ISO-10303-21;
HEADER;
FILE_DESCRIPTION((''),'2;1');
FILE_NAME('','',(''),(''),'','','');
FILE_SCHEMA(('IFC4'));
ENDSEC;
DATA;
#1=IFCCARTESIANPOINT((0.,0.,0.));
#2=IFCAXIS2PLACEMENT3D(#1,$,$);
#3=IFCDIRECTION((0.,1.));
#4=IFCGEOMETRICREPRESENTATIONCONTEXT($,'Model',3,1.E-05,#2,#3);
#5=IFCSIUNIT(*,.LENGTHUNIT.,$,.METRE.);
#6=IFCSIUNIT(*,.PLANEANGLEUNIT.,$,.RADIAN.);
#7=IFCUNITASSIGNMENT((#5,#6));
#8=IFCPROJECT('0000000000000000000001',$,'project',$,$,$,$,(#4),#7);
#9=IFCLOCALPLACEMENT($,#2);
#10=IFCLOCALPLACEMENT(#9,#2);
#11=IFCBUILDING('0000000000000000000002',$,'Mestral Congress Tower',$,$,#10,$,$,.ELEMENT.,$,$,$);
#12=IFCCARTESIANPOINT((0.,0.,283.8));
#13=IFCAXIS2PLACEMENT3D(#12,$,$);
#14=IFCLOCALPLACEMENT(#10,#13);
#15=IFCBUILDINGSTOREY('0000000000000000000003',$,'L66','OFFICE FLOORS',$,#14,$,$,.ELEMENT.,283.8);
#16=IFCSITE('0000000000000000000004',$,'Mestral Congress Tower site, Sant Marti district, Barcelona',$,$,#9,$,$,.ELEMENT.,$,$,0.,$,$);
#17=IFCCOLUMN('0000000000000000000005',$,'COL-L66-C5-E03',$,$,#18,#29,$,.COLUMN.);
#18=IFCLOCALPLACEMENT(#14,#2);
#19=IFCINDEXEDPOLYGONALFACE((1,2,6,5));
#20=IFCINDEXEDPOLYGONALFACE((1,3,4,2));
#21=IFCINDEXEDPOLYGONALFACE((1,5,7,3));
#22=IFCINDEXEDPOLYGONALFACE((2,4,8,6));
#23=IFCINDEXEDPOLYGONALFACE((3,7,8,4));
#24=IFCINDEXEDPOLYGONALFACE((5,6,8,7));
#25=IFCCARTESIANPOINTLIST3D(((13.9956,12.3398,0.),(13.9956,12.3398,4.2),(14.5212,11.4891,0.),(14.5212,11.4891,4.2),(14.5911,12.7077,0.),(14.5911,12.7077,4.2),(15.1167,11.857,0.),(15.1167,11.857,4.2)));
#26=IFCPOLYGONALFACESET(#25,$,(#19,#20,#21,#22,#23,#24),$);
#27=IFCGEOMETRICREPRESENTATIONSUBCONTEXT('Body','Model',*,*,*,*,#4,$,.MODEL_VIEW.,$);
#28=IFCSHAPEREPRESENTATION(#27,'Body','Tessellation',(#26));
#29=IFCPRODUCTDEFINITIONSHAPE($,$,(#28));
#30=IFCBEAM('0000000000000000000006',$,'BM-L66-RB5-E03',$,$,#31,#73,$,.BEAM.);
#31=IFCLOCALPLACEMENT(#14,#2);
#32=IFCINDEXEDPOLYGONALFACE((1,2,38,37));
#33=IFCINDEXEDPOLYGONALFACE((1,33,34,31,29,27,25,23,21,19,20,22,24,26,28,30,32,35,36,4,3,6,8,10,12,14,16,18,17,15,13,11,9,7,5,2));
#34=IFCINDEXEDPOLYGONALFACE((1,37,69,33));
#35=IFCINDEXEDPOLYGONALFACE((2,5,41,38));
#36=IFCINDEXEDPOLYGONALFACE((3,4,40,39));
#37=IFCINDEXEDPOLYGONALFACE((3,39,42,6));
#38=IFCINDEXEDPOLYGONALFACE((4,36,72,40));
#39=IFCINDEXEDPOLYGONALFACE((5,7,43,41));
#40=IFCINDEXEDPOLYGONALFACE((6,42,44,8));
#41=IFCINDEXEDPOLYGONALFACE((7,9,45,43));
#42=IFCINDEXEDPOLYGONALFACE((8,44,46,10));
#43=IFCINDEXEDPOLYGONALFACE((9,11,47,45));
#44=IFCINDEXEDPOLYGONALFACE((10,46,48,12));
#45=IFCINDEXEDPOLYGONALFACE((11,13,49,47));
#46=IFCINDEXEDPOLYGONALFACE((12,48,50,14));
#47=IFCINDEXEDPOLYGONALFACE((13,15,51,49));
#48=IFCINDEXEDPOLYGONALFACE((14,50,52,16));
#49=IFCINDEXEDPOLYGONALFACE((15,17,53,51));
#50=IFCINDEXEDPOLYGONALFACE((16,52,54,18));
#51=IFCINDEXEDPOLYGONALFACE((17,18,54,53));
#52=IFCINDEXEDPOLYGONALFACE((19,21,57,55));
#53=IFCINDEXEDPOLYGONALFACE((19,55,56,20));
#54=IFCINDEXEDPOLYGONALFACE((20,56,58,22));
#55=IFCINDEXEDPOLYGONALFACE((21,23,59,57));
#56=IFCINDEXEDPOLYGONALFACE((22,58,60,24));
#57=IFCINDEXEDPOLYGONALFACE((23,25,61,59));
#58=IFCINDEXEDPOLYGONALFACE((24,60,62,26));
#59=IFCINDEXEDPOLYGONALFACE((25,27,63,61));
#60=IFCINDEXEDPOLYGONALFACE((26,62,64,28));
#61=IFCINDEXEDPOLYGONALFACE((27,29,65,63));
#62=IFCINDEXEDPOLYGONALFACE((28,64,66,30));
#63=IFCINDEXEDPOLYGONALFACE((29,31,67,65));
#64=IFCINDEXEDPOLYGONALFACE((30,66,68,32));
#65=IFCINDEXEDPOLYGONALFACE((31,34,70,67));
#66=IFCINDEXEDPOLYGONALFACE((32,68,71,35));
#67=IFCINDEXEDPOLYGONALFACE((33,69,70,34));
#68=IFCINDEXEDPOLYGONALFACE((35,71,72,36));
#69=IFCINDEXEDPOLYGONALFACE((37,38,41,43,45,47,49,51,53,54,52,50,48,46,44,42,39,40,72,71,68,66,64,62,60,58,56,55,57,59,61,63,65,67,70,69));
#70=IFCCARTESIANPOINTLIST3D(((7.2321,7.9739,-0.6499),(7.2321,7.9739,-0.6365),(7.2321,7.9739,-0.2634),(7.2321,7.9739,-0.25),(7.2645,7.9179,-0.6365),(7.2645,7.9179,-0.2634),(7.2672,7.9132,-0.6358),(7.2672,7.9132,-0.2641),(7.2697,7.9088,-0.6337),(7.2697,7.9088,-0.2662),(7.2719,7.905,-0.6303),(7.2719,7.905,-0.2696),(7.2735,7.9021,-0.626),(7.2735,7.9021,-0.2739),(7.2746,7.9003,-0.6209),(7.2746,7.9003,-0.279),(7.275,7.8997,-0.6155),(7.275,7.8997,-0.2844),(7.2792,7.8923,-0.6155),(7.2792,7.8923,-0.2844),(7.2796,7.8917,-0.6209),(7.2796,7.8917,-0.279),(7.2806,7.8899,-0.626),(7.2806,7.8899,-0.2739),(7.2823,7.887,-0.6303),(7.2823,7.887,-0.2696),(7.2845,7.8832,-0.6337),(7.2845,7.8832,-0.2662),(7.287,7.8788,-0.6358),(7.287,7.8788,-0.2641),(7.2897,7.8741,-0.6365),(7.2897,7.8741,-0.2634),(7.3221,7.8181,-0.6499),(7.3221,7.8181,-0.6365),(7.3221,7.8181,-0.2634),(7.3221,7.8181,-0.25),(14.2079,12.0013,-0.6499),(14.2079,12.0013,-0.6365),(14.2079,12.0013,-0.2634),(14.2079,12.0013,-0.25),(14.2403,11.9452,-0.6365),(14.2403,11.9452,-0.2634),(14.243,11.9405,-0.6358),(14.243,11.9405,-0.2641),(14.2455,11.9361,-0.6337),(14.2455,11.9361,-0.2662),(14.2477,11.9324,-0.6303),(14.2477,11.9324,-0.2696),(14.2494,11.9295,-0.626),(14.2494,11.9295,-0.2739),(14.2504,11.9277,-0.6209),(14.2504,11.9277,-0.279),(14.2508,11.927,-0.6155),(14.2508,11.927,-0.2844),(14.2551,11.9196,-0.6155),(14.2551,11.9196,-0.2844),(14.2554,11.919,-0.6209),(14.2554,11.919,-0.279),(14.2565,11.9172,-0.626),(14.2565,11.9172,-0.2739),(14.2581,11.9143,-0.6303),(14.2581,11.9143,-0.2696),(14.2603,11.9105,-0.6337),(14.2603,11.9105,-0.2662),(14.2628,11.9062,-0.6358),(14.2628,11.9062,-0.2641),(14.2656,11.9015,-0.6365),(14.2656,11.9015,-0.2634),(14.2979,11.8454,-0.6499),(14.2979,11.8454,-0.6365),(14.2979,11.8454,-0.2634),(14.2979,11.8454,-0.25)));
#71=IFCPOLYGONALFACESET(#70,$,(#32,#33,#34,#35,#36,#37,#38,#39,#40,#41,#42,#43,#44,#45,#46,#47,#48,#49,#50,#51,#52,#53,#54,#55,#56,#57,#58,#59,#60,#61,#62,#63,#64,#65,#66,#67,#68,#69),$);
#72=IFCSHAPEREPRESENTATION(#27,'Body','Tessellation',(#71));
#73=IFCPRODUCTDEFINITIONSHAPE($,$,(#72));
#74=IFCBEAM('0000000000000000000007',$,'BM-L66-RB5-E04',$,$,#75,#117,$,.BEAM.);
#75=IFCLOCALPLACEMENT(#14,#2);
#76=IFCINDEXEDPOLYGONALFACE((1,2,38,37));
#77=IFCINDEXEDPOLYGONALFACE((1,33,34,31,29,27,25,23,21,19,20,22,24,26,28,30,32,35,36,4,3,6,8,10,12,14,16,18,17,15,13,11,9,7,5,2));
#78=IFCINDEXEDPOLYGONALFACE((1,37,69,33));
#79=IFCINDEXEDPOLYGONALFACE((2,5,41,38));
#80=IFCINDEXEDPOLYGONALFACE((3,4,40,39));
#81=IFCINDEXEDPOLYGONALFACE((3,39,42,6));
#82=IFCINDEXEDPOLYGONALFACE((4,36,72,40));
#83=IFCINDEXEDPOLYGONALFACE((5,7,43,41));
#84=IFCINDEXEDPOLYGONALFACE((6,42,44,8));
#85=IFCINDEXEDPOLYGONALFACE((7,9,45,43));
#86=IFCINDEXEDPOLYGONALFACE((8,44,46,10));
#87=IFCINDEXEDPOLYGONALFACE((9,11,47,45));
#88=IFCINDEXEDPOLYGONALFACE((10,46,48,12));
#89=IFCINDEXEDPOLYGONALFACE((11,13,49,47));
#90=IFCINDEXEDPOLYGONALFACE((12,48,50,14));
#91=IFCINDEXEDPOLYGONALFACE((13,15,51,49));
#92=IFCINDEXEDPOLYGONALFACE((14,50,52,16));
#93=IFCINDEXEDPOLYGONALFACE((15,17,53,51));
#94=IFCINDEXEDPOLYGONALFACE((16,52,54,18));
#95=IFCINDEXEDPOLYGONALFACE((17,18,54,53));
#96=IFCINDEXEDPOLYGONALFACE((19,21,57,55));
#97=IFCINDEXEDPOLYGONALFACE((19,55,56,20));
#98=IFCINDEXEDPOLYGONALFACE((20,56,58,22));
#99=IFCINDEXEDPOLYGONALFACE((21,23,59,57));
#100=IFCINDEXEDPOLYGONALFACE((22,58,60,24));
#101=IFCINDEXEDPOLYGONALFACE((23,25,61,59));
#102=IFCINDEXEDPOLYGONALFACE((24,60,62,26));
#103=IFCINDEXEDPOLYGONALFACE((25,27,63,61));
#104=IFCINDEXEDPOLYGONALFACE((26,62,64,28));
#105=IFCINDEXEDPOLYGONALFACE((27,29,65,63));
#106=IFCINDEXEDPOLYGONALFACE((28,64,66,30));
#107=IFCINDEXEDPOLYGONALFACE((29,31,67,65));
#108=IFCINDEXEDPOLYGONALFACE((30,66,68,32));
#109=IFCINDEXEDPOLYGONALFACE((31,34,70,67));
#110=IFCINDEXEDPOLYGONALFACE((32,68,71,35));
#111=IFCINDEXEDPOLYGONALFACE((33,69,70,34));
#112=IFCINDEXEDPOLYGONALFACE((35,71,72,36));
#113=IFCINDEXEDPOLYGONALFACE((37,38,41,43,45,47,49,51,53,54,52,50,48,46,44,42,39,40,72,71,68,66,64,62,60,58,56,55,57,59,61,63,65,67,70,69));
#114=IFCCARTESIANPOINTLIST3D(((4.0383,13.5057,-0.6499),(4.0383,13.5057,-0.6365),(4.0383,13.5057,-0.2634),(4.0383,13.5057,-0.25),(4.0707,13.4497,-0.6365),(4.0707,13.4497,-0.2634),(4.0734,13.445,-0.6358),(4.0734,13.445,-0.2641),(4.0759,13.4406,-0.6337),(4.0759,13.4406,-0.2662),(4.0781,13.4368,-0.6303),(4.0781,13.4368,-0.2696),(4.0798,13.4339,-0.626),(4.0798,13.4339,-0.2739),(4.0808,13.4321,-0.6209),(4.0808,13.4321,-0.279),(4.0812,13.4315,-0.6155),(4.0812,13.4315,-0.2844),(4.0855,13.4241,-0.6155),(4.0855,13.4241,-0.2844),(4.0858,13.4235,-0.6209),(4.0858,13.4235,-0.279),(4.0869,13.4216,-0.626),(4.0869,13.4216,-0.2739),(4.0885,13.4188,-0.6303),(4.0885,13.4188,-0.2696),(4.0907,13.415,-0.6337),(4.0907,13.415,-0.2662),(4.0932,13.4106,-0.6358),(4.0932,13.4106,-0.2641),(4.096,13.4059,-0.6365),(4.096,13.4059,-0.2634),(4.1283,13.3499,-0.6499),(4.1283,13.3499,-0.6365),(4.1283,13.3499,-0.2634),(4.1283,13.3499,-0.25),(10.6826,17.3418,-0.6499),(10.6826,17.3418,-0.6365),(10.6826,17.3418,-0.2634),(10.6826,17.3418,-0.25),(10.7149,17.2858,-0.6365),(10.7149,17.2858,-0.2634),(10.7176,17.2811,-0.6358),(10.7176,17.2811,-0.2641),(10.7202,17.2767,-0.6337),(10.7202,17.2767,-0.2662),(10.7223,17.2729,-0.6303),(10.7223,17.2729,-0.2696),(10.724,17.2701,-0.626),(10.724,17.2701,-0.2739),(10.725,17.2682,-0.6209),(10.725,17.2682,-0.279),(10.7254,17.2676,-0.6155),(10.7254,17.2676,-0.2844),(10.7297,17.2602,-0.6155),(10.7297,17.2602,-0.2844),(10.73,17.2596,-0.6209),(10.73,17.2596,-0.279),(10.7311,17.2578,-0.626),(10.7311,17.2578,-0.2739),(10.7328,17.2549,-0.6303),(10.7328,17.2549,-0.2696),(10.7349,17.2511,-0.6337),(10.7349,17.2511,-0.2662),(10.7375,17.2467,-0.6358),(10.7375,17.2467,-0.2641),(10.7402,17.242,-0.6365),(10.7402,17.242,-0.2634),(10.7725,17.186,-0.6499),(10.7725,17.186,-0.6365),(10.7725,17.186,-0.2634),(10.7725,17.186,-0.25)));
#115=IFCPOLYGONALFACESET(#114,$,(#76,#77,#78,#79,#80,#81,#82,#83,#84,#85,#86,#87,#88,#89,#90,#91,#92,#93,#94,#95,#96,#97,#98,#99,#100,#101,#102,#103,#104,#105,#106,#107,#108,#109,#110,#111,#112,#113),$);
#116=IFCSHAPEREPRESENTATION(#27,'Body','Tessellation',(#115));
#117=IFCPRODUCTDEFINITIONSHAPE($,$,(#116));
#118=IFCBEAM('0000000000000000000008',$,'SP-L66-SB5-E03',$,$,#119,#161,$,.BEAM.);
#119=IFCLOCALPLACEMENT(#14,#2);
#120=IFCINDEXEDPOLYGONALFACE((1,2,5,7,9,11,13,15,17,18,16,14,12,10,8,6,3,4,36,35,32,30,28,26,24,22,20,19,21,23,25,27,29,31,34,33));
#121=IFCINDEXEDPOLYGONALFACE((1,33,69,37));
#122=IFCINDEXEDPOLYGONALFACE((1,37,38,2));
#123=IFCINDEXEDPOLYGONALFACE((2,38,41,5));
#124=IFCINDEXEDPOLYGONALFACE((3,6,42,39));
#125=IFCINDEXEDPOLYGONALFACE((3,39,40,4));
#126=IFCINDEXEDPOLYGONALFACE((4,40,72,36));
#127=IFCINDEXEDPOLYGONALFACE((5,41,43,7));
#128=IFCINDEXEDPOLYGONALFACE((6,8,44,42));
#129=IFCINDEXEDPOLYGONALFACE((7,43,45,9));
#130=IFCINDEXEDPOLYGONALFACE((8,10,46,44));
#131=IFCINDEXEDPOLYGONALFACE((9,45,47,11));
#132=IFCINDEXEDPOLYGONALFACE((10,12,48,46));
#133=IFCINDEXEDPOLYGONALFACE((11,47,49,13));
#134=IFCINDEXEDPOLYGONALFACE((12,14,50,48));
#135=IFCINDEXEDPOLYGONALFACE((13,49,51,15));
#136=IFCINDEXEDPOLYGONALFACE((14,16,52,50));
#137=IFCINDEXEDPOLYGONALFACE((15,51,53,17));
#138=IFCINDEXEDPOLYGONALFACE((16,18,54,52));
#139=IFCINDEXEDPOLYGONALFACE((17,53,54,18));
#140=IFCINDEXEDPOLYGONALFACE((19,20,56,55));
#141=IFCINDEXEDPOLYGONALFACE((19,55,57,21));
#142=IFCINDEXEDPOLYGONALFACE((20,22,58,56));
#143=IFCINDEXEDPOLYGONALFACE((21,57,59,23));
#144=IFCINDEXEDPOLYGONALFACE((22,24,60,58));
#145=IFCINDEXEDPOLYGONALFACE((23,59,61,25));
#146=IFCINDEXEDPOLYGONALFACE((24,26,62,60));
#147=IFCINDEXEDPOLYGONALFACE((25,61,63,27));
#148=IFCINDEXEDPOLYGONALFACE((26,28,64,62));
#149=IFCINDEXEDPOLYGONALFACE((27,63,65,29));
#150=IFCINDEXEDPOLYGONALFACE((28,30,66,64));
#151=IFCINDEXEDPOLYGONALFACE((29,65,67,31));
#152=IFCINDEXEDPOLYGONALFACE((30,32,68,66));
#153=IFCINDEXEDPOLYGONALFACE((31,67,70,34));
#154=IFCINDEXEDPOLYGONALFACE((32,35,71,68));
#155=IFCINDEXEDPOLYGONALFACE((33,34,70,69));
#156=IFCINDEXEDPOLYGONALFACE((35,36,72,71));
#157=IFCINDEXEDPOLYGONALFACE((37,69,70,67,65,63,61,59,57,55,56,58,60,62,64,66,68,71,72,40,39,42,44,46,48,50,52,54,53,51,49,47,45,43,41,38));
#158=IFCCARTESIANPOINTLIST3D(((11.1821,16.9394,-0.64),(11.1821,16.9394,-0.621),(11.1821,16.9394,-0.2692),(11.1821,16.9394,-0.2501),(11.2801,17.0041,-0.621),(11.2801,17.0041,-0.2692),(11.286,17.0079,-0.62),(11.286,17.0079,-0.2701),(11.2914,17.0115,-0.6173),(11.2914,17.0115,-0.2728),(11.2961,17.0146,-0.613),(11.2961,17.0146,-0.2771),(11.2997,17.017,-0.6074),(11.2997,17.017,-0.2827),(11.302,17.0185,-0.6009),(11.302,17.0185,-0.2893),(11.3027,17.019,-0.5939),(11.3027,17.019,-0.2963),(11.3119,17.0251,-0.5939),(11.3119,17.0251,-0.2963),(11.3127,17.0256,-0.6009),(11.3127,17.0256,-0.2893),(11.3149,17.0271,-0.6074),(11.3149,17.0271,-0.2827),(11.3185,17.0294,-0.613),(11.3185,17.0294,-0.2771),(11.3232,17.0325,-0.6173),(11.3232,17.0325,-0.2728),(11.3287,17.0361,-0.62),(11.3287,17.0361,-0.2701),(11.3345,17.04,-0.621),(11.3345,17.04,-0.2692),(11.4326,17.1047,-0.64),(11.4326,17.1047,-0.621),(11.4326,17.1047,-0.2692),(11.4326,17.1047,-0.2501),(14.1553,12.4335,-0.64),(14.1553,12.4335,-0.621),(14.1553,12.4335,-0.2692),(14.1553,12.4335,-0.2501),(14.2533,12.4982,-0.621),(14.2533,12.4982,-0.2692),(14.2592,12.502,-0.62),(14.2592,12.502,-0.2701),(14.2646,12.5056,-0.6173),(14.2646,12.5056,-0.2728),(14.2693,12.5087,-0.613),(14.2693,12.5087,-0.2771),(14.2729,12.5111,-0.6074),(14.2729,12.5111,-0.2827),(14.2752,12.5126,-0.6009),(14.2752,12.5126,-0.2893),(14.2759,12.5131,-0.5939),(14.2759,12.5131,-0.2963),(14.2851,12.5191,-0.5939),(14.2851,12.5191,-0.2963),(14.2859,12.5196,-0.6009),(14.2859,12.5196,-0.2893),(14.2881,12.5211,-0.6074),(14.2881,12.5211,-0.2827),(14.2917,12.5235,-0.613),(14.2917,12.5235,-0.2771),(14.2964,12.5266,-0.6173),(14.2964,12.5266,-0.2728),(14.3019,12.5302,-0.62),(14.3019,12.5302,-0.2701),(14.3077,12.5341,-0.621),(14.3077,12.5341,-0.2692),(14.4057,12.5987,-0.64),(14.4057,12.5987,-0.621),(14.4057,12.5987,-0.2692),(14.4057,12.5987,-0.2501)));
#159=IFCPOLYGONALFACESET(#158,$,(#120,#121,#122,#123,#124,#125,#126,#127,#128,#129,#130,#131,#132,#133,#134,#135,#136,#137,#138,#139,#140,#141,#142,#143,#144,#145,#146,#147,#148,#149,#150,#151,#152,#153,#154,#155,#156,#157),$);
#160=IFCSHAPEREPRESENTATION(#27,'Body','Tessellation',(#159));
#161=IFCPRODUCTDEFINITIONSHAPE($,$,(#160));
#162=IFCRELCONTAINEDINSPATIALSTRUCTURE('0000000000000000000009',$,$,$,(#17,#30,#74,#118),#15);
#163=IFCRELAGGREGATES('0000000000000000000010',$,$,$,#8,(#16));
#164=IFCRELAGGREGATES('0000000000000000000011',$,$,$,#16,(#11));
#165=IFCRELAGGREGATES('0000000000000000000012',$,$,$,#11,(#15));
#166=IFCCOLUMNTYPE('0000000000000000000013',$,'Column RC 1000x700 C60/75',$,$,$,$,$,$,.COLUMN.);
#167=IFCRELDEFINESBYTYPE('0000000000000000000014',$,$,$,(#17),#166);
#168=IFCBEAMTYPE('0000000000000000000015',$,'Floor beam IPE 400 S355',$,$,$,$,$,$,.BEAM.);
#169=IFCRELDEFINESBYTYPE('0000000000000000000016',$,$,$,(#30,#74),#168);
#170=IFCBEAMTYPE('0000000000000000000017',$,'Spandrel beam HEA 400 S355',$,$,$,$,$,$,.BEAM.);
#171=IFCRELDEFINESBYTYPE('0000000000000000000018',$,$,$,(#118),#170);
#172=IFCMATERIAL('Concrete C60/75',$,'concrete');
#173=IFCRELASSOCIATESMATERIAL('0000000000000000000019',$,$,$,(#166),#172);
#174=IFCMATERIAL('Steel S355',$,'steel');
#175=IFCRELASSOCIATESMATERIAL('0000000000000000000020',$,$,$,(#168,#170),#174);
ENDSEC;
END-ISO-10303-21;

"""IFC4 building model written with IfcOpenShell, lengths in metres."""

from ifc_helpers import new_model, si_unit, direction, frame, origin, origin_2d, place, context, subcontext, project, spatial, rectangle, i_section, extrude, material, material_profile, profile_set, type_object, element, save


model = new_model("IFC4")

# Units and contexts
model_context = context("Model", 3, precision=1e-05, world=origin(), true_north=direction((0.0, 1.0)))
body_context = subcontext(model_context, "Body", "Model", "MODEL_VIEW")
ifc_project = project(units=[si_unit("LENGTHUNIT", "METRE"), si_unit("PLANEANGLEUNIT", "RADIAN")], contexts=[model_context])

# Site, building, storey
site_placement = place(None, origin())
site = spatial("IfcSite", under=ifc_project, at=site_placement, Name="Mestral Congress Tower site, Sant Marti district, Barcelona", CompositionType="ELEMENT", RefElevation=0.0)
building_placement = place(site_placement, origin())
building = spatial("IfcBuilding", under=site, at=building_placement, Name="Mestral Congress Tower", CompositionType="ELEMENT")
storey_placement = place(building_placement, frame((0.0, 0.0, 283.8)))
storey = spatial("IfcBuildingStorey", under=building, at=storey_placement, Name="L66", Description="OFFICE FLOORS", CompositionType="ELEMENT", Elevation=283.8)

# Column
ifc_material_1 = material(Name="Concrete C60/75", Category="concrete")
ifc_material_profile_1 = material_profile(ifc_material_1, rectangle(XDim=1.0, YDim=0.7, at=origin_2d()), Name="RC 1000x700")
ifc_profile_set_1 = profile_set([ifc_material_profile_1], Name="Concrete C60/75")
column_type = type_object("IfcColumnType", Name="Column RC 1000x700 C60/75", PredefinedType="COLUMN", material=ifc_profile_set_1)
column_placement = place(storey_placement, frame((14.5562, 12.0984, 0.0), z_axis=(0.0, 0.0, 1.0), x_axis=(-0.52561, 0.850726, 0.0)))
element("IfcColumn", 1, at=column_placement, inside=storey, type_object=column_type, Name="COL-L66-C5-E03", PredefinedType="COLUMN", context=body_context, shape_type="SweptSolid", body=[
    extrude(rectangle(XDim=1.0, YDim=0.7, at=origin_2d()), origin(), (0.0, 0.0, 1.0), 4.2),
])

# Beams
ifc_material_2 = material(Name="Steel S355", Category="steel")
ifc_material_profile_2 = material_profile(ifc_material_2, i_section(OverallWidth=0.1799, OverallDepth=0.3999, WebThickness=0.0085, FlangeThickness=0.0134, FilletRadius=0.021, at=origin_2d()), Name="IPE 400")
ifc_profile_set_2 = profile_set([ifc_material_profile_2], Name="Steel S355")
beam_type_1 = type_object("IfcBeamType", Name="Floor beam IPE 400 S355", PredefinedType="BEAM", material=ifc_profile_set_2)
beam_1_placement = place(storey_placement, frame((14.2529, 11.9233, -0.45), z_axis=(-0.866034, -0.499986, 0.0), x_axis=(0.499986, -0.866034, 0.0)))
element("IfcBeam", 2, at=beam_1_placement, inside=storey, type_object=beam_type_1, Name="BM-L66-RB5-E03", PredefinedType="BEAM", context=body_context, shape_type="SweptSolid", body=[
    extrude(i_section(OverallWidth=0.1799, OverallDepth=0.3999, WebThickness=0.0085, FlangeThickness=0.0134, FilletRadius=0.021, at=origin_2d()), origin(), (0.0, 0.0, 1.0), 8.0549),
])
beam_2_placement = place(storey_placement, frame((10.7275, 17.2639, -0.45), z_axis=(-0.86602, -0.50001, 0.0), x_axis=(0.50001, -0.86602, 0.0)))
element("IfcBeam", 3, at=beam_2_placement, inside=storey, type_object=beam_type_1, Name="BM-L66-RB5-E04", PredefinedType="BEAM", context=body_context, shape_type="SweptSolid", body=[
    extrude(i_section(OverallWidth=0.1799, OverallDepth=0.3999, WebThickness=0.0085, FlangeThickness=0.0134, FilletRadius=0.021, at=origin_2d()), origin(), (0.0, 0.0, 1.0), 7.6721),
])
ifc_material_profile_3 = material_profile(ifc_material_2, i_section(OverallWidth=0.3, OverallDepth=0.3899, WebThickness=0.011, FlangeThickness=0.019, FilletRadius=0.0271, at=origin_2d()), Name="HEA 400")
ifc_profile_set_3 = profile_set([ifc_material_profile_3], Name="Steel S355")
beam_type_2 = type_object("IfcBeamType", Name="Spandrel beam HEA 400 S355", PredefinedType="BEAM", material=ifc_profile_set_3)
beam_3_placement = place(storey_placement, frame((14.2805, 12.5161, -0.4451), z_axis=(-0.550749, 0.834671, 0.0), x_axis=(-0.834671, -0.550749, 0.0)))
element("IfcBeam", 4, at=beam_3_placement, inside=storey, type_object=beam_type_2, Name="SP-L66-SB5-E03", PredefinedType="BEAM", context=body_context, shape_type="SweptSolid", body=[
    extrude(i_section(OverallWidth=0.3, OverallDepth=0.3899, WebThickness=0.011, FlangeThickness=0.019, FilletRadius=0.0271, at=origin_2d()), origin(), (0.0, 0.0, 1.0), 5.3984),
])

save(model, "model.ifc")
